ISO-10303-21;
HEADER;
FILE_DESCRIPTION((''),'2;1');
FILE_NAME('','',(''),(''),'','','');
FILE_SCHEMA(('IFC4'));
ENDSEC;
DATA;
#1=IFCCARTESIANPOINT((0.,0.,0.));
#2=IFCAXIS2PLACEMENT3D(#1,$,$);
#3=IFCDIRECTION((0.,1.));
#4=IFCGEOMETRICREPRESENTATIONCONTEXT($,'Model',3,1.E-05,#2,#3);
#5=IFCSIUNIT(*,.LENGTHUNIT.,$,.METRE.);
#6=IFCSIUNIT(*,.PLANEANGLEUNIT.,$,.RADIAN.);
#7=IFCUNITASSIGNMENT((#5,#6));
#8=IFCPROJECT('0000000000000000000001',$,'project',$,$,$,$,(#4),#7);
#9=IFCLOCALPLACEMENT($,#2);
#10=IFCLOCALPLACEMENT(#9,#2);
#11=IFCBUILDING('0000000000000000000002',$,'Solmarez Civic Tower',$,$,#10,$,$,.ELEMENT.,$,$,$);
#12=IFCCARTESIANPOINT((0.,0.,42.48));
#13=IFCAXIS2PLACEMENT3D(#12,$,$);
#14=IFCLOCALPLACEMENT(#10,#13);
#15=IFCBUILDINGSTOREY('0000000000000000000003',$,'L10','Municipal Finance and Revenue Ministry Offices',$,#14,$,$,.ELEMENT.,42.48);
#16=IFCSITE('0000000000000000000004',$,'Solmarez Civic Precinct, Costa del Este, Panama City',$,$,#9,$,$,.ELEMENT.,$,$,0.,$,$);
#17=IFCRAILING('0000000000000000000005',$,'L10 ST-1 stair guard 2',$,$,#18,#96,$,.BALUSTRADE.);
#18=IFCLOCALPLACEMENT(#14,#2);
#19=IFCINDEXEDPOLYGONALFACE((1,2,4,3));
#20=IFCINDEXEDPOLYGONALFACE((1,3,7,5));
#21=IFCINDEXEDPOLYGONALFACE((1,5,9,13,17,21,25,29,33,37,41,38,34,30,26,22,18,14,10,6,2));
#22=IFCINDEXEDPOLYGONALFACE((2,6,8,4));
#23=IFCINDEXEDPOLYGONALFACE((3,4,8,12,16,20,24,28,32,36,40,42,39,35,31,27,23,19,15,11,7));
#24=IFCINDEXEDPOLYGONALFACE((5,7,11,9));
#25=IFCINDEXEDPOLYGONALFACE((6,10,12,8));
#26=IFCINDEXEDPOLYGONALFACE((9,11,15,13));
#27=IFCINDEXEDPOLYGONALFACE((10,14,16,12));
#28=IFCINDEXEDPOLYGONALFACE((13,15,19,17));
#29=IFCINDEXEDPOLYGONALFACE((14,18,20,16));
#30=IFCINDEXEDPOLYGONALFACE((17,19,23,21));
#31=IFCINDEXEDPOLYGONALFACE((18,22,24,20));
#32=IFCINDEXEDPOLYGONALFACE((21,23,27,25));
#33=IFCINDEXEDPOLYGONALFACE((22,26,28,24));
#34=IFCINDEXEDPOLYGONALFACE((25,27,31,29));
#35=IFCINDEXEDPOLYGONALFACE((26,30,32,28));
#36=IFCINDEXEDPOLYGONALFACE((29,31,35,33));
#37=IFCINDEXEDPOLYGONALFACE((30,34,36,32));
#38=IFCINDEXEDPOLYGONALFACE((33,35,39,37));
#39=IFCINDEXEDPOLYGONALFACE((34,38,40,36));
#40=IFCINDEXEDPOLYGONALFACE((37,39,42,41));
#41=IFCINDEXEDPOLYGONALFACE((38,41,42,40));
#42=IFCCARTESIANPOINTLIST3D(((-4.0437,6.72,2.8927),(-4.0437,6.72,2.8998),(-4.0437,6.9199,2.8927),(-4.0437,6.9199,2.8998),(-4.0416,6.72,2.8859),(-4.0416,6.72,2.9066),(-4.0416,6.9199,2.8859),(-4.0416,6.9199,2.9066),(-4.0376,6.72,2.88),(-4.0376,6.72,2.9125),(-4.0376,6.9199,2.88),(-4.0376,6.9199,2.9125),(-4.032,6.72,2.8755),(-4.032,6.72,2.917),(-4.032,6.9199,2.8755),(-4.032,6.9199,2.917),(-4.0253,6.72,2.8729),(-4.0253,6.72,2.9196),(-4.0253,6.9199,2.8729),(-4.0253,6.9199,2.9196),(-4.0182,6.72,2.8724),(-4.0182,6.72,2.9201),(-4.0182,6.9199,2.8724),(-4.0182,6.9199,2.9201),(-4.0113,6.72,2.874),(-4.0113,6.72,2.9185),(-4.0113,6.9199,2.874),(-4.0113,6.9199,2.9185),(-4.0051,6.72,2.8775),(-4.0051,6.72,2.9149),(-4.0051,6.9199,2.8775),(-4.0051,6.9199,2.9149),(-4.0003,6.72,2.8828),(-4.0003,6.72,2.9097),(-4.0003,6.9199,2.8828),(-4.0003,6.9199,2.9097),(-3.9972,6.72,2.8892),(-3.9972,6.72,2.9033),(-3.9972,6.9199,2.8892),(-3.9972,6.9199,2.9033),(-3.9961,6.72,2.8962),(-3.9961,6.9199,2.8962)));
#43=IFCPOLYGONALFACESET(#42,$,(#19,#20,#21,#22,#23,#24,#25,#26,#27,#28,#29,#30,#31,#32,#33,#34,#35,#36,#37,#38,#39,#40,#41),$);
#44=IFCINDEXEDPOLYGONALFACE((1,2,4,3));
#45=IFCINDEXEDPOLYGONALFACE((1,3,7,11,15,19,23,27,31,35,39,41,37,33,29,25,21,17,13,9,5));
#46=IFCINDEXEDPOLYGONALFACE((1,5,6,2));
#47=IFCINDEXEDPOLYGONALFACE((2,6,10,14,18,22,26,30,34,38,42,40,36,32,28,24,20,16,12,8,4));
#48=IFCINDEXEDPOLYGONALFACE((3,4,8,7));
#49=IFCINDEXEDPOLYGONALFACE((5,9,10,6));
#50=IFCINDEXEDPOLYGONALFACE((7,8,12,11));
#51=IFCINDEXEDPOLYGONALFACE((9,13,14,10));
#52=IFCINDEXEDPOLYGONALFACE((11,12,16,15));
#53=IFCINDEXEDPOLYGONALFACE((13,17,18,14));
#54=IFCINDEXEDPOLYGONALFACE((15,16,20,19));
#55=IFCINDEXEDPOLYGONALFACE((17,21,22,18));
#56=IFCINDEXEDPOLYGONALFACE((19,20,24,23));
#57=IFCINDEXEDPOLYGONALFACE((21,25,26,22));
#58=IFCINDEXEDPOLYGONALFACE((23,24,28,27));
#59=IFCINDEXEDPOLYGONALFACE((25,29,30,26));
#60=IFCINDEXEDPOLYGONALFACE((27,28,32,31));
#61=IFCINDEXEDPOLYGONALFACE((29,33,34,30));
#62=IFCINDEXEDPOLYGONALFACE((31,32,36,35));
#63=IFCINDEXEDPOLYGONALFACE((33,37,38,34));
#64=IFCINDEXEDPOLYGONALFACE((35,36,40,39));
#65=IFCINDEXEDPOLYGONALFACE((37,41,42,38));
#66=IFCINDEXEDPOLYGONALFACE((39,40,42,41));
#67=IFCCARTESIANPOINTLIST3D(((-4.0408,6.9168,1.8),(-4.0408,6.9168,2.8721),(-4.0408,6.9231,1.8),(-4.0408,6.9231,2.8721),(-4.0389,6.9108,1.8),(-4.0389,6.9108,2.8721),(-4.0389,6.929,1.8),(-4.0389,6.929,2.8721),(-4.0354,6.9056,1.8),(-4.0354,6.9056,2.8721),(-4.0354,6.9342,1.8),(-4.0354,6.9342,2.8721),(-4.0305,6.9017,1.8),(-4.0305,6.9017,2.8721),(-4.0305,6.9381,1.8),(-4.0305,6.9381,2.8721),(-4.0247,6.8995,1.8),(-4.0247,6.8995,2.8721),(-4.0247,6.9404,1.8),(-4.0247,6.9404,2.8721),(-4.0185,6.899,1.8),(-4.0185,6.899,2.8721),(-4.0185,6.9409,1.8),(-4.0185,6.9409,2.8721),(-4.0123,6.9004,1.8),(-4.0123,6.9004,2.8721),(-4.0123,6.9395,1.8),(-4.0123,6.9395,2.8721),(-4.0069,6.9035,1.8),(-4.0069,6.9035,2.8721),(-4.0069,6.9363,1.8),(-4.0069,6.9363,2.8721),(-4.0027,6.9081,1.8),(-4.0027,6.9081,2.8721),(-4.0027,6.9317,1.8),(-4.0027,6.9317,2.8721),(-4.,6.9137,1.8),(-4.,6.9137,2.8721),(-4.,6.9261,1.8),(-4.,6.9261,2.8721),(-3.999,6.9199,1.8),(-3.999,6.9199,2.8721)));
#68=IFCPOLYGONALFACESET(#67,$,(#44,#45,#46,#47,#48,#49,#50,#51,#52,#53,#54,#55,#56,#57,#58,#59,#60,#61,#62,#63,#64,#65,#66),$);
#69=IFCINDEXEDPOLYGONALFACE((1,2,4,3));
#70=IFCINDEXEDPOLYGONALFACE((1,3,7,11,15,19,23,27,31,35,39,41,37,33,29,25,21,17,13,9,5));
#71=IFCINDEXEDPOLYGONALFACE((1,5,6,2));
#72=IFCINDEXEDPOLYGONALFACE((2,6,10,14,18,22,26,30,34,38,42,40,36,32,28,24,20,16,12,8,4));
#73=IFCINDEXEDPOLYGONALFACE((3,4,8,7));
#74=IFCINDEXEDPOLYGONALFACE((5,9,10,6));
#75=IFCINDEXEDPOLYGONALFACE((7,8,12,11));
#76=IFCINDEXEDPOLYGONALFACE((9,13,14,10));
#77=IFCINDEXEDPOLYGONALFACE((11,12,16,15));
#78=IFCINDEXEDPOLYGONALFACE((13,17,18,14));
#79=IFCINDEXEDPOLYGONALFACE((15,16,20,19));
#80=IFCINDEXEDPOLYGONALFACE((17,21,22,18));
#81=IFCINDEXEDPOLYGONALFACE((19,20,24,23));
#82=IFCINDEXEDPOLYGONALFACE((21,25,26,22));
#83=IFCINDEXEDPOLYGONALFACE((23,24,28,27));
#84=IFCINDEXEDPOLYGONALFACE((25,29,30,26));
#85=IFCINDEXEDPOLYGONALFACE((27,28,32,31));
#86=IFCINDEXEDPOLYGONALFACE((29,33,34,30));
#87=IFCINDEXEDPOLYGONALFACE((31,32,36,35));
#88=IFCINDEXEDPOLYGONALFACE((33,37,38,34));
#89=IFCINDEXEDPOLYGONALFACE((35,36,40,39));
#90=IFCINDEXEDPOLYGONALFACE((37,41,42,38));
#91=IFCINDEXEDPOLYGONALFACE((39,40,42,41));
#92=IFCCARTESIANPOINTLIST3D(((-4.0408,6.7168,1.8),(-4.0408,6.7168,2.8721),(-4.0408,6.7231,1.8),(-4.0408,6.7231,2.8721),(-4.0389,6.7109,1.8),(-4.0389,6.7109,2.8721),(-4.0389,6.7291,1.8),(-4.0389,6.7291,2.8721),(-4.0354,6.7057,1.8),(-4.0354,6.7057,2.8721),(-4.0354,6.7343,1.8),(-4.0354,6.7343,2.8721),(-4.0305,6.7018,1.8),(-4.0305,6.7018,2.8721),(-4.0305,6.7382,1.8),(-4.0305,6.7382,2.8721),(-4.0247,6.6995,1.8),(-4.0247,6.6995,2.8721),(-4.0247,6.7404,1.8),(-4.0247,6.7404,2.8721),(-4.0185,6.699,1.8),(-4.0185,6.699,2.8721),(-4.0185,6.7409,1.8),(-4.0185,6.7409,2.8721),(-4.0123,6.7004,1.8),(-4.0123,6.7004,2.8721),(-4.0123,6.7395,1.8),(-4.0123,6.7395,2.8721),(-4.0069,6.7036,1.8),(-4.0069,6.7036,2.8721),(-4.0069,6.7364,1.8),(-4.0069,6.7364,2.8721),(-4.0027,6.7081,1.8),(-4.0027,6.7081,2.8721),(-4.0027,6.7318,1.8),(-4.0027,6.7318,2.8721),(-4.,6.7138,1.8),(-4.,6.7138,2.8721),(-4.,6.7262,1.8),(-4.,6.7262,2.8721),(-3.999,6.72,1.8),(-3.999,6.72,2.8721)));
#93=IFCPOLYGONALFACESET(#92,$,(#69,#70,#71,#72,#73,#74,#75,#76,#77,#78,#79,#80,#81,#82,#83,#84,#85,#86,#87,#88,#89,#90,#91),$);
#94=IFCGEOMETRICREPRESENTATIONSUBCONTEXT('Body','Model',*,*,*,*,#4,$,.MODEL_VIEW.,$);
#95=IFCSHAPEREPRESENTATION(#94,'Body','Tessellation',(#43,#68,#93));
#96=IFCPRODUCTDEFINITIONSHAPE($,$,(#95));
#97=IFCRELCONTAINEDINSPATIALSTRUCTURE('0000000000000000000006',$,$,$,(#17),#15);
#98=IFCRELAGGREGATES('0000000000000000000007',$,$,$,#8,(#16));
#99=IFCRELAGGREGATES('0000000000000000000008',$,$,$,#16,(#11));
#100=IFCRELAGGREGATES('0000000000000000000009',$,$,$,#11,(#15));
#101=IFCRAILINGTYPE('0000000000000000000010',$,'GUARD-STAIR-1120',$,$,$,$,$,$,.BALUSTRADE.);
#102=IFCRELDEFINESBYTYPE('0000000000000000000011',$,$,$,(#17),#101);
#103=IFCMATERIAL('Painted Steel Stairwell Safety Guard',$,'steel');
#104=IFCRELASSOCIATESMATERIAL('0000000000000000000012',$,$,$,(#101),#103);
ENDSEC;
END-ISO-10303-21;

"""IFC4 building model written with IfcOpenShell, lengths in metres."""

from ifc_helpers import new_model, si_unit, direction, frame, origin, origin_2d, place, context, subcontext, project, spatial, circle, extrude, material, type_object, element, save


model = new_model("IFC4")

# Units and contexts
model_context = context("Model", 3, precision=1e-05, world=origin(), true_north=direction((0.0, 1.0)))
body_context = subcontext(model_context, "Body", "Model", "MODEL_VIEW")
ifc_project = project(units=[si_unit("LENGTHUNIT", "METRE"), si_unit("PLANEANGLEUNIT", "RADIAN")], contexts=[model_context])

# Site, building, storey
site_placement = place(None, origin())
site = spatial("IfcSite", under=ifc_project, at=site_placement, Name="Solmarez Civic Precinct, Costa del Este, Panama City", CompositionType="ELEMENT", RefElevation=0.0)
building_placement = place(site_placement, origin())
building = spatial("IfcBuilding", under=site, at=building_placement, Name="Solmarez Civic Tower", CompositionType="ELEMENT")
storey_placement = place(building_placement, frame((0.0, 0.0, 42.48)))
storey = spatial("IfcBuildingStorey", under=building, at=storey_placement, Name="L10", Description="Municipal Finance and Revenue Ministry Offices", CompositionType="ELEMENT", Elevation=42.48)

# Railing
ifc_material_1 = material(Name="Painted Steel Stairwell Safety Guard", Category="steel")
railing_type_1 = type_object("IfcRailingType", Name="GUARD-STAIR-1120", PredefinedType="BALUSTRADE", material=ifc_material_1)
railing_1_placement = place(storey_placement, frame((-4.02, 6.9199, 1.8)))
element("IfcRailing", 1, at=railing_1_placement, inside=storey, type_object=railing_type_1, Name="L10 ST-1 stair guard 2", PredefinedType="BALUSTRADE", context=body_context, shape_type="SweptSolid", body=[
    extrude(circle(Radius=0.0239, at=origin_2d()), frame((0.0, 0.0, 1.0962), z_axis=(0.0, -1.0, 0.0), x_axis=(1.0, 0.0, 0.0)), (0.0, 0.0, 1.0), 0.2),
    extrude(circle(Radius=0.021, at=origin_2d()), origin(), (0.0, 0.0, 1.0), 1.072),
    extrude(circle(Radius=0.021, at=origin_2d()), frame((0.0, -0.2, 0.0)), (0.0, 0.0, 1.0), 1.072),
])

save(model, "model.ifc")
